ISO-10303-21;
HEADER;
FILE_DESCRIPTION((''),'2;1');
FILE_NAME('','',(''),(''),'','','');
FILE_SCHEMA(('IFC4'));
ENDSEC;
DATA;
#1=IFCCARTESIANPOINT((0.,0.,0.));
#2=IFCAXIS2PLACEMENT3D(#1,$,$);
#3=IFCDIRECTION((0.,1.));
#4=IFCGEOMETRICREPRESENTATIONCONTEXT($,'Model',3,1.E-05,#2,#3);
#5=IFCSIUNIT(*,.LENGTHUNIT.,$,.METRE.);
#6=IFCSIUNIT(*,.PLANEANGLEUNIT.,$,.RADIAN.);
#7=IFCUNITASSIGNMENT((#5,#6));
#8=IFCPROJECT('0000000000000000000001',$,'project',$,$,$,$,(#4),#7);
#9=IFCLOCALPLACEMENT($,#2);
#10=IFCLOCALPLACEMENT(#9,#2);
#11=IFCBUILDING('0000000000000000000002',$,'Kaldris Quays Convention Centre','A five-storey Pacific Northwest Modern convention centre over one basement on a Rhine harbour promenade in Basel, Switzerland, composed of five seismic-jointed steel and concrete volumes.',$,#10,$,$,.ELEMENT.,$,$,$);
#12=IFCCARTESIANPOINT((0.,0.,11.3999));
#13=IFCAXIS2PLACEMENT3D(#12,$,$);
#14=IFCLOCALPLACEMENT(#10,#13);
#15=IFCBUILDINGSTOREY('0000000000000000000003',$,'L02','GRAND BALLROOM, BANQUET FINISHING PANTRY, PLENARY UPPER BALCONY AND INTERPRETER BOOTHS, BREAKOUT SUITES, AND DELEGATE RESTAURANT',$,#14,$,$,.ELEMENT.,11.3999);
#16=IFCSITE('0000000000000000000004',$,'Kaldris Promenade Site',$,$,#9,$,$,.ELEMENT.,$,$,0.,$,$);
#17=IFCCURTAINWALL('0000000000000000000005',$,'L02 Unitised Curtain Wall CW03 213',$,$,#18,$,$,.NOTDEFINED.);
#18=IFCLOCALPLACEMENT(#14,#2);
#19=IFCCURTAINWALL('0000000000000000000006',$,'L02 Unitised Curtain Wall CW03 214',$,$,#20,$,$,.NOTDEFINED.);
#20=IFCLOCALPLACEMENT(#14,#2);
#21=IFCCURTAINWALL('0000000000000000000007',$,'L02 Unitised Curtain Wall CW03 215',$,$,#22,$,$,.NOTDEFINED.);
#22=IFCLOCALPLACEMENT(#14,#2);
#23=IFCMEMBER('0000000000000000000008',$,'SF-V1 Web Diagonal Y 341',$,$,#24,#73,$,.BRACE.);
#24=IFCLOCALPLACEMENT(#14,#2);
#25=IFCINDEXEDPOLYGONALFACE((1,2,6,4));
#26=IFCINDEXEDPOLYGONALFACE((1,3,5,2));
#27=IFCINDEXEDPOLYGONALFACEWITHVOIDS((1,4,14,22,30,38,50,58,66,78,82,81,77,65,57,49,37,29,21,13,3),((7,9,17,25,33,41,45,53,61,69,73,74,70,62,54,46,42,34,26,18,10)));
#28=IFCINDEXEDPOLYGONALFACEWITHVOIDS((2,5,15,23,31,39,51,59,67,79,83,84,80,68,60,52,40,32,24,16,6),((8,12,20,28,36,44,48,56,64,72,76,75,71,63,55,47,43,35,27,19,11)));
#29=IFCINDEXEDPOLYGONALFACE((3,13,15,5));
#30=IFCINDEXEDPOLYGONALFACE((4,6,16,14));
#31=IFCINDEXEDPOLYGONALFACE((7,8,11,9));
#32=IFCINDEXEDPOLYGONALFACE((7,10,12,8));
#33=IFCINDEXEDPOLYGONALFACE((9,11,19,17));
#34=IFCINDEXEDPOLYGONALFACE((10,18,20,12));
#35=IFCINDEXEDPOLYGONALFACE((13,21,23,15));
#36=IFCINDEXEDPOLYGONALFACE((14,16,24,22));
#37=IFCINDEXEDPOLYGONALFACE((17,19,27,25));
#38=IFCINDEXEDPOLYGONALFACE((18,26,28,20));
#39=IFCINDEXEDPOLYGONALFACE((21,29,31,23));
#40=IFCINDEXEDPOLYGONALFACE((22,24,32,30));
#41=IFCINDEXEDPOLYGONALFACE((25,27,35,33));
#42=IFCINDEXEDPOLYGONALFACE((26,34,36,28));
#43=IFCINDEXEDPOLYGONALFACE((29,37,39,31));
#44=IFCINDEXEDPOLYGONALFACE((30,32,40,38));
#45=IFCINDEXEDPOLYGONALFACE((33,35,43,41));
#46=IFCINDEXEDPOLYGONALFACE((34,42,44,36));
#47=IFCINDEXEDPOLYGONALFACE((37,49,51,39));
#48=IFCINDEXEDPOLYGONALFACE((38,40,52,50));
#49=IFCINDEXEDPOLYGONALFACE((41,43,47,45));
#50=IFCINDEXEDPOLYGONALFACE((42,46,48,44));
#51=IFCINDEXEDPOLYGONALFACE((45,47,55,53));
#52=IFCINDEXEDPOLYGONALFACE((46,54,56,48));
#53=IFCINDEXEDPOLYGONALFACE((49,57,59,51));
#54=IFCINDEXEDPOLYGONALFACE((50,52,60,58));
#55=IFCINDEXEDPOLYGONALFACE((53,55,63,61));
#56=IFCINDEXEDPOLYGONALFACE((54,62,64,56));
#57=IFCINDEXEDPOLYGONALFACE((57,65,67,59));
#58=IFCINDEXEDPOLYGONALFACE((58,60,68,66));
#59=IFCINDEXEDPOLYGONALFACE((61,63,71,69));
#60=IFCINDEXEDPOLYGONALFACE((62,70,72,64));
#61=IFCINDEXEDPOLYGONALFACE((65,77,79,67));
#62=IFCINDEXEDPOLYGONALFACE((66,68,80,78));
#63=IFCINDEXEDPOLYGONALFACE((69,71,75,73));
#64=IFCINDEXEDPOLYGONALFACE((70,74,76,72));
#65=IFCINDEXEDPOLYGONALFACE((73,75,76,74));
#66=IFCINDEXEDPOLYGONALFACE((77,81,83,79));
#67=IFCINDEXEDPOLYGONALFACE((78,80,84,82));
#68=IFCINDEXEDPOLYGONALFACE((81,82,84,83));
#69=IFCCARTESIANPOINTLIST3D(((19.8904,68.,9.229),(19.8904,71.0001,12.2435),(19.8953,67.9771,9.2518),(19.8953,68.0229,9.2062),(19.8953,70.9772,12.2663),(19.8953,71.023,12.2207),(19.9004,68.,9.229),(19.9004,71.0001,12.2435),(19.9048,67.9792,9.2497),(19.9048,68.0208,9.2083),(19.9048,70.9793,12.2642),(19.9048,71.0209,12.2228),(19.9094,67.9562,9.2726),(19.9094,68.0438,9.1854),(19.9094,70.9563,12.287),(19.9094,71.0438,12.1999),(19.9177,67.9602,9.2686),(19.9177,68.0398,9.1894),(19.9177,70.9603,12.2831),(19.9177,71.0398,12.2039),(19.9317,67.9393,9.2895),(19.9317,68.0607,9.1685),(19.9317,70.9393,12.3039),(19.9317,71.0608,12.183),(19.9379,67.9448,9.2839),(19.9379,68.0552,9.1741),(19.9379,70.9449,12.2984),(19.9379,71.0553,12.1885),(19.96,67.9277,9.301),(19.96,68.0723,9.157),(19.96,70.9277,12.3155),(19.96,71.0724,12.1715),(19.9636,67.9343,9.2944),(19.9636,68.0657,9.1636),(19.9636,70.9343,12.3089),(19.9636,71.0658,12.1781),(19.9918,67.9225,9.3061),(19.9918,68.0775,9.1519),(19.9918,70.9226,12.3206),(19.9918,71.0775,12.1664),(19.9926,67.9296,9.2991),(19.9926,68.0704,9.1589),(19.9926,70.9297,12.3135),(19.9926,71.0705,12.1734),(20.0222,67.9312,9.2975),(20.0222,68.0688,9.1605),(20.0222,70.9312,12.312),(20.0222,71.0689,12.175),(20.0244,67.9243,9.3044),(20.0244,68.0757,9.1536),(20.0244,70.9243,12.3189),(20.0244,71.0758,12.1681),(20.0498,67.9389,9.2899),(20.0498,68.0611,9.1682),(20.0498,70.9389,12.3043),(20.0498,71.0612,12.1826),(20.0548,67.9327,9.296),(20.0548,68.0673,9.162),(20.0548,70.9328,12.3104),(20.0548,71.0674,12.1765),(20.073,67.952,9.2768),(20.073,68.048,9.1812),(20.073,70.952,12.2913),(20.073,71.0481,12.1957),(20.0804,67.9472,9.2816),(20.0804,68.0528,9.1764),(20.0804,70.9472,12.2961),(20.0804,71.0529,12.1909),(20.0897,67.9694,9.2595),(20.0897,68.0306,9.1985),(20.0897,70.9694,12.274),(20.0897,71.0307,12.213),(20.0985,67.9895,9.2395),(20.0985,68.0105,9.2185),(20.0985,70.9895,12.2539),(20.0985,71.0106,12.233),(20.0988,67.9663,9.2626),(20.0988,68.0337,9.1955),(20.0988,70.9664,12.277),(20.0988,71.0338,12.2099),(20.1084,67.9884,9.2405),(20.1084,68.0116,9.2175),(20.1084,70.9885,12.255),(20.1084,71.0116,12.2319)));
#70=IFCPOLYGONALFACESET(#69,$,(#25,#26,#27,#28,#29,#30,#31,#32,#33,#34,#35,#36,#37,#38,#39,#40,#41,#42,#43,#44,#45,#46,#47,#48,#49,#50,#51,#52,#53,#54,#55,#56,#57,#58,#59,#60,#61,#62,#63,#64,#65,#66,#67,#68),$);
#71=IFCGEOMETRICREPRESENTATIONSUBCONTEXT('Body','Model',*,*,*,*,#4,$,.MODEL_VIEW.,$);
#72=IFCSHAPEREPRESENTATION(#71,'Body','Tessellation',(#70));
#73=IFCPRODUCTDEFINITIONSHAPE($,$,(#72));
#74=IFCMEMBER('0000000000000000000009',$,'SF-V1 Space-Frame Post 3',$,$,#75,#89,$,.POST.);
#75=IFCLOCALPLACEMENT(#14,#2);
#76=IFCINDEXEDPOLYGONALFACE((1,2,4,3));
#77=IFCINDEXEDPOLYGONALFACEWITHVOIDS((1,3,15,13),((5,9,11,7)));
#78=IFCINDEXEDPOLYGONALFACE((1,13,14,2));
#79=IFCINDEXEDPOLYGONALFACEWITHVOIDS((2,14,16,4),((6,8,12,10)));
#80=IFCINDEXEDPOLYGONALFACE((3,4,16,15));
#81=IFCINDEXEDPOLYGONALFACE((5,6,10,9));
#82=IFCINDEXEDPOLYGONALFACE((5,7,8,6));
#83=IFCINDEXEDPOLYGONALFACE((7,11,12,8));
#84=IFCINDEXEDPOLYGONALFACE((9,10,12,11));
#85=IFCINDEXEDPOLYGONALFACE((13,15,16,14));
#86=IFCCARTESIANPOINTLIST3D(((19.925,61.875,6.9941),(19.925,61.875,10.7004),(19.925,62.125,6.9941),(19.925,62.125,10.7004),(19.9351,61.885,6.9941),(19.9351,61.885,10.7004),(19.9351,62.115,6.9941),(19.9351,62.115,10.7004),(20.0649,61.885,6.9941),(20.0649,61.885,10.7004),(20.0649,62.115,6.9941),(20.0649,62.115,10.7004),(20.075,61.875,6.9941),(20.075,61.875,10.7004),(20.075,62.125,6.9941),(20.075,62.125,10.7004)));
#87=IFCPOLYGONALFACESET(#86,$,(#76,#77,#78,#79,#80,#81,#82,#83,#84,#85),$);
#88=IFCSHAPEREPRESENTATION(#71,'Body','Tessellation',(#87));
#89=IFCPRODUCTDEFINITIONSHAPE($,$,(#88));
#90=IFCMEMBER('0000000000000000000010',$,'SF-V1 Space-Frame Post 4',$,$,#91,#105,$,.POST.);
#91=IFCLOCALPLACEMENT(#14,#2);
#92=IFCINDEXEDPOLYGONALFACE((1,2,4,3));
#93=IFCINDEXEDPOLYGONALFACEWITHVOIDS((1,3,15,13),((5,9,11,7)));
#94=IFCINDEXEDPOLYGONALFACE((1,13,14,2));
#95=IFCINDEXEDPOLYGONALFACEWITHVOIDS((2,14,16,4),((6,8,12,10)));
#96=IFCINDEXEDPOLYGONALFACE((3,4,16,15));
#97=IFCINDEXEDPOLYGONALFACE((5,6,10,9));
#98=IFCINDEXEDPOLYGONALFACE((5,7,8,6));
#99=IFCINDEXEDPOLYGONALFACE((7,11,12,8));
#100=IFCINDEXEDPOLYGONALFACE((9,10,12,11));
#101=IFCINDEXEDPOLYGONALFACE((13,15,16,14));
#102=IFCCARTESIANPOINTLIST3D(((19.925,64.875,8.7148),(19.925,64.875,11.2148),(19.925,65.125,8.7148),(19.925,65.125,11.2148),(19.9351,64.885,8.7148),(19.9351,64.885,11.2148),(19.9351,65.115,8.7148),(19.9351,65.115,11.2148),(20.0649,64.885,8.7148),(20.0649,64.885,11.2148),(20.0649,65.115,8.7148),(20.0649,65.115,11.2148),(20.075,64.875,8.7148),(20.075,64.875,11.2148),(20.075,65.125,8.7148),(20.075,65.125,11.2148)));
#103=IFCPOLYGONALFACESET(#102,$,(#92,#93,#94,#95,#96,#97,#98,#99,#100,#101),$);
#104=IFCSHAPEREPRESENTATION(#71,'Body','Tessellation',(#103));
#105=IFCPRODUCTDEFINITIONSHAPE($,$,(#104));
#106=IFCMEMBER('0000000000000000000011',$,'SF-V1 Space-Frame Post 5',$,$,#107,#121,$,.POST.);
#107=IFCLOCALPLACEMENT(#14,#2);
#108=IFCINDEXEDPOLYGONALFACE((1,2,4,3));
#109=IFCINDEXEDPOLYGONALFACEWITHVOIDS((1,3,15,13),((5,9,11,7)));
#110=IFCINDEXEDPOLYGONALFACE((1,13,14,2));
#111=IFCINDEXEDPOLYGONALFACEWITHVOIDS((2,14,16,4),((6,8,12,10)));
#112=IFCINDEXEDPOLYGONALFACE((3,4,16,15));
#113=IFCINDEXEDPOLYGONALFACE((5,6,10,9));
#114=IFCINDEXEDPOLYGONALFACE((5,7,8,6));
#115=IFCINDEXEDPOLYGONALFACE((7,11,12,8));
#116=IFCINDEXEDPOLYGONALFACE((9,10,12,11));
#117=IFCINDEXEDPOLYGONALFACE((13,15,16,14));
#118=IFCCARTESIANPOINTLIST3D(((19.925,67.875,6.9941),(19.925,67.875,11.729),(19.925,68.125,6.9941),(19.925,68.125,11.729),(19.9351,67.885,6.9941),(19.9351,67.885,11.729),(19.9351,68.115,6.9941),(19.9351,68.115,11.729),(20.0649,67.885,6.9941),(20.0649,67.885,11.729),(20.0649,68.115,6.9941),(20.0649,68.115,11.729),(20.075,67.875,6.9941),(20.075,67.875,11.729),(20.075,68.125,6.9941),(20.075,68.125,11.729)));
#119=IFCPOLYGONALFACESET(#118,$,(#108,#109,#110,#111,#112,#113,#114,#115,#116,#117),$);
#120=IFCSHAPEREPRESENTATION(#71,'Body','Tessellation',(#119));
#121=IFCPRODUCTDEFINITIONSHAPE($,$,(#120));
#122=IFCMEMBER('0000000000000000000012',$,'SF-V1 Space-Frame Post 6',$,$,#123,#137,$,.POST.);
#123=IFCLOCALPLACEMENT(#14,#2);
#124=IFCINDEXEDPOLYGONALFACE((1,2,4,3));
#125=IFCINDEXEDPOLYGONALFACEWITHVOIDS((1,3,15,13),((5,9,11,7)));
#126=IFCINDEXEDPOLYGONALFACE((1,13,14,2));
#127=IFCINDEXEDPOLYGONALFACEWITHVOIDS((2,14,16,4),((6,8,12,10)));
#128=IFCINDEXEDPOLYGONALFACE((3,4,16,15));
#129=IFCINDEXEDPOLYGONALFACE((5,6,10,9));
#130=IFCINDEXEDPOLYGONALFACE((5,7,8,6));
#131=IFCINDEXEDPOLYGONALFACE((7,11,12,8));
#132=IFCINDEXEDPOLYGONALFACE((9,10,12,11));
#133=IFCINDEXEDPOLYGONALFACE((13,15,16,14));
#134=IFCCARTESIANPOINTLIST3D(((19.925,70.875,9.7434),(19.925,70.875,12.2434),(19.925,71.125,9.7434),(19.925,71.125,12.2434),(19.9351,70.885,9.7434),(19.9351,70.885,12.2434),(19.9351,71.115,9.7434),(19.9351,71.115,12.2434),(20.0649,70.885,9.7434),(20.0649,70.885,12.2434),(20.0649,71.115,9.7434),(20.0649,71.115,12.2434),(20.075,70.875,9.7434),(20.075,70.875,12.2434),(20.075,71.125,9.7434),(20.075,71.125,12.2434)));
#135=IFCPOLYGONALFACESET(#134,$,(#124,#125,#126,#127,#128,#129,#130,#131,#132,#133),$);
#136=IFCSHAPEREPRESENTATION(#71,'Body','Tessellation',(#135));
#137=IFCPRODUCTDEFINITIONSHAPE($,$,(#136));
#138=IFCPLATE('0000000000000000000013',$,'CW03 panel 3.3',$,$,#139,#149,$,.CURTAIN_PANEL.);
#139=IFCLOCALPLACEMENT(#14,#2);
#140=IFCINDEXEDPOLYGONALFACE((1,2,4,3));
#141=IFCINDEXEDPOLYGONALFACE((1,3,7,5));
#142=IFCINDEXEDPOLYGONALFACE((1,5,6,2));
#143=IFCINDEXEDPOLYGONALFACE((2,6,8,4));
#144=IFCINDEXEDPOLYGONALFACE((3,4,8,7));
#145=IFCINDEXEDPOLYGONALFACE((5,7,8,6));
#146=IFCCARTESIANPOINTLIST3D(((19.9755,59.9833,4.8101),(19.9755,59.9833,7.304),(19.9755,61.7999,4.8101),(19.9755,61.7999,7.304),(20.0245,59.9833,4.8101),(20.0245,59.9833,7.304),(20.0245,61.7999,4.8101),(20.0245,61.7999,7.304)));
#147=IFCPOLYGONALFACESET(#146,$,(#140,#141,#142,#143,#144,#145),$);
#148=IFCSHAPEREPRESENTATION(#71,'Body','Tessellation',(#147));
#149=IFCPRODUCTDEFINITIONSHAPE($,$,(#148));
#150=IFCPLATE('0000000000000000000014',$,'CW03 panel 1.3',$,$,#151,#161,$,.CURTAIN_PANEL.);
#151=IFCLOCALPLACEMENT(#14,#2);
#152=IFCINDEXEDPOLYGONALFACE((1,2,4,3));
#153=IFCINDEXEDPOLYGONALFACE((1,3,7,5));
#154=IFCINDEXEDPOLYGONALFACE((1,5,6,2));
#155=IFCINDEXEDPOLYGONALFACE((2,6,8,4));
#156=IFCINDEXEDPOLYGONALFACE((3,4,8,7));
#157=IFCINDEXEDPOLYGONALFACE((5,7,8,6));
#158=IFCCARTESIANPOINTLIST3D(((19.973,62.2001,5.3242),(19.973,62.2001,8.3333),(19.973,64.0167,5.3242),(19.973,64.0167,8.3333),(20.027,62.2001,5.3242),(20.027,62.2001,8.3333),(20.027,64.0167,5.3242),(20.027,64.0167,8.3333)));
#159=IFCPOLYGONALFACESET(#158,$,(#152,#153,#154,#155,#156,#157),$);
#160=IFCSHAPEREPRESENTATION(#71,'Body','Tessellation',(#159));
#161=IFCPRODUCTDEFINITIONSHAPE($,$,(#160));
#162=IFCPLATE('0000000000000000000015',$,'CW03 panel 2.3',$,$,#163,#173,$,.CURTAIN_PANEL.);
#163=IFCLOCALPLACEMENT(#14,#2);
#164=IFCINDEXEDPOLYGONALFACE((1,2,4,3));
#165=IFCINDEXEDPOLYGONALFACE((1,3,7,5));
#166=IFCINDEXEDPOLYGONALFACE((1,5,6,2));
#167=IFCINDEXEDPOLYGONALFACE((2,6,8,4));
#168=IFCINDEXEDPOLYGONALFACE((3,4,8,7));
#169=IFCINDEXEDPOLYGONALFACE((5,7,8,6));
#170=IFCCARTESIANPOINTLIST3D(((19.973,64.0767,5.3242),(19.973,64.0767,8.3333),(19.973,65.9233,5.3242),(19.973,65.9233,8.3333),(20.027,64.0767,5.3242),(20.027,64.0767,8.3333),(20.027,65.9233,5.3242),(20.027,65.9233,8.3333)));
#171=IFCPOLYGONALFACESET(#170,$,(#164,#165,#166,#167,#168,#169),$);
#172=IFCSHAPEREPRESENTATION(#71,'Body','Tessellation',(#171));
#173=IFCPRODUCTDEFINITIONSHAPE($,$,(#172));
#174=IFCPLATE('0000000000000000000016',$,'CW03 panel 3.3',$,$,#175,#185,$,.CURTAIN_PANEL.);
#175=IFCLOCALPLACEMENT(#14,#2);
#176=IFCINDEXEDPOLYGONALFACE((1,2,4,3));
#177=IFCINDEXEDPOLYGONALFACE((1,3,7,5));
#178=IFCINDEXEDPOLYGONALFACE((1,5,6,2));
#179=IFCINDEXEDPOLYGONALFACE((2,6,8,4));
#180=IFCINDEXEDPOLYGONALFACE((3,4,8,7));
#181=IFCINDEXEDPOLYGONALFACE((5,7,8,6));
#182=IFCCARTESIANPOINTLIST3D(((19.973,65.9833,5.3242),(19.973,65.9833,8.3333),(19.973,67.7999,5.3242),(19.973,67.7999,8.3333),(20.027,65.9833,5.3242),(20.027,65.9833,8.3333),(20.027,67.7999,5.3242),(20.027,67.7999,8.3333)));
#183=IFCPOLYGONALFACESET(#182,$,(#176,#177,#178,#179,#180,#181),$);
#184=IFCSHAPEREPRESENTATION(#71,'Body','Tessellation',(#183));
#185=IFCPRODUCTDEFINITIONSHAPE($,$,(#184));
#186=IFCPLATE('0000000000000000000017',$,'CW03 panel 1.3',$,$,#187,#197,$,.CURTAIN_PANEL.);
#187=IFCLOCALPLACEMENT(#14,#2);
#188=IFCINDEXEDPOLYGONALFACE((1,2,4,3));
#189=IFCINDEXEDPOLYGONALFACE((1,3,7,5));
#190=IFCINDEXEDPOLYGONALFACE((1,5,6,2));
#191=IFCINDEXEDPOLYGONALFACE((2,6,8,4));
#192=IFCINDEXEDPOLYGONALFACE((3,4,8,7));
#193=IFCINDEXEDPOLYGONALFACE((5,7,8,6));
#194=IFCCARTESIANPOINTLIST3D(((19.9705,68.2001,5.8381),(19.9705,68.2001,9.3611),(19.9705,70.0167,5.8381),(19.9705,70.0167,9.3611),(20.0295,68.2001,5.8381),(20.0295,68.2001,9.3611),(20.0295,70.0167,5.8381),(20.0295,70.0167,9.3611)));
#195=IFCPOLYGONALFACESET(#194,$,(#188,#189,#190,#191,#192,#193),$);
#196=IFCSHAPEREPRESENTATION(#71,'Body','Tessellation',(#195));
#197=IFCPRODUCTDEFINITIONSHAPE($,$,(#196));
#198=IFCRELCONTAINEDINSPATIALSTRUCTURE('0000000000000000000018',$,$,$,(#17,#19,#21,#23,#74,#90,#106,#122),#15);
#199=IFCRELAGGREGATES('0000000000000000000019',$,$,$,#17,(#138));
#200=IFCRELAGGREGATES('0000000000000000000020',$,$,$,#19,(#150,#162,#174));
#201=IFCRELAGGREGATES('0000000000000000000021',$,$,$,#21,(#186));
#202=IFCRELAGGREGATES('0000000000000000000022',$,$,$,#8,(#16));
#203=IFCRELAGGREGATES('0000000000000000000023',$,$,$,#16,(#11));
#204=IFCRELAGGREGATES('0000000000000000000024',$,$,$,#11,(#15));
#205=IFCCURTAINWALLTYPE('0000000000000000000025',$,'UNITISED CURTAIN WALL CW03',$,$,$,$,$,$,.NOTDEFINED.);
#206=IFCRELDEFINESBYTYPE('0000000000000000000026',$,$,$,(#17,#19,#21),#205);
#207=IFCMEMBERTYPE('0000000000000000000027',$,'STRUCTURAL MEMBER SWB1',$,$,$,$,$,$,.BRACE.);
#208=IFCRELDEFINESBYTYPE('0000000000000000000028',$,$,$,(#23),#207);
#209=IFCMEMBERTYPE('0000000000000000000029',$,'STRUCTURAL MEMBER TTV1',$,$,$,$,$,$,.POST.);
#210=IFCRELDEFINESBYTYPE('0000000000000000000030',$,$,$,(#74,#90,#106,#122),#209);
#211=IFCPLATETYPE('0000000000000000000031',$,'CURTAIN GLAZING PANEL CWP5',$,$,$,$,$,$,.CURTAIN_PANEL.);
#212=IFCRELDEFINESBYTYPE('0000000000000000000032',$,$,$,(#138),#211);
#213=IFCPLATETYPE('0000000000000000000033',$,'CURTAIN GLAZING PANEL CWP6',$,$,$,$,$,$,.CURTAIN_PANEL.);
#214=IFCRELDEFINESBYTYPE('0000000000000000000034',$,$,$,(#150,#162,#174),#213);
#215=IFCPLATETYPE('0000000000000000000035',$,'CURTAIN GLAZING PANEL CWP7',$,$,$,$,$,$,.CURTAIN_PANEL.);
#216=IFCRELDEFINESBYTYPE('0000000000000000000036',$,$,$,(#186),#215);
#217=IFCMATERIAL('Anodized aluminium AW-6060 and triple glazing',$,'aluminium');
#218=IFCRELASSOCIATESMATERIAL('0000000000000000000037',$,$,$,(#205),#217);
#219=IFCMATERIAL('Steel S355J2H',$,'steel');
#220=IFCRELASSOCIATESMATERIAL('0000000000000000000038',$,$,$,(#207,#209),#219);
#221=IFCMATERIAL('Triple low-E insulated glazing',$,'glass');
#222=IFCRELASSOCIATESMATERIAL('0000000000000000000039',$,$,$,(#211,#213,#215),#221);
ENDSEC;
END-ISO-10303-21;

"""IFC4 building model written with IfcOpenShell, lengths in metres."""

from ifc_helpers import new_model, si_unit, direction, frame, origin, origin_2d, place, context, subcontext, project, spatial, rectangle, hollow_rectangle, hollow_circle, extrude, material, material_profile, profile_set, type_object, element, aggregate, save


model = new_model("IFC4")

# Units and contexts
model_context = context("Model", 3, precision=1e-05, world=origin(), true_north=direction((0.0, 1.0)))
body_context = subcontext(model_context, "Body", "Model", "MODEL_VIEW")
ifc_project = project(units=[si_unit("LENGTHUNIT", "METRE"), si_unit("PLANEANGLEUNIT", "RADIAN")], contexts=[model_context])

# Site, building, storey
site_placement = place(None, origin())
site = spatial("IfcSite", under=ifc_project, at=site_placement, Name="Kaldris Promenade Site", CompositionType="ELEMENT", RefElevation=0.0)
building_placement = place(site_placement, origin())
building = spatial("IfcBuilding", under=site, at=building_placement, Name="Kaldris Quays Convention Centre", Description="A five-storey Pacific Northwest Modern convention centre over one basement on a Rhine harbour promenade in Basel, Switzerland, composed of five seismic-jointed steel and concrete volumes.", CompositionType="ELEMENT")
storey_placement = place(building_placement, frame((0.0, 0.0, 11.3999)))
storey = spatial("IfcBuildingStorey", under=building, at=storey_placement, Name="L02", Description="GRAND BALLROOM, BANQUET FINISHING PANTRY, PLENARY UPPER BALCONY AND INTERPRETER BOOTHS, BREAKOUT SUITES, AND DELEGATE RESTAURANT", CompositionType="ELEMENT", Elevation=11.3999)

# Curtain wall
ifc_material_1 = material(Name="Anodized aluminium AW-6060 and triple glazing", Category="aluminium")
curtain_wall_type = type_object("IfcCurtainWallType", Name="UNITISED CURTAIN WALL CW03", PredefinedType="NOTDEFINED", material=ifc_material_1)
curtain_wall_1_placement = place(storey_placement, origin())
curtain_wall_1 = element("IfcCurtainWall", 1, at=curtain_wall_1_placement, inside=storey, type_object=curtain_wall_type, Name="L02 Unitised Curtain Wall CW03 213", PredefinedType="NOTDEFINED")

# Curtain walls
curtain_wall_2_placement = place(storey_placement, origin())
curtain_wall_2 = element("IfcCurtainWall", 2, at=curtain_wall_2_placement, inside=storey, type_object=curtain_wall_type, Name="L02 Unitised Curtain Wall CW03 214", PredefinedType="NOTDEFINED")
curtain_wall_3_placement = place(storey_placement, origin())
curtain_wall_3 = element("IfcCurtainWall", 3, at=curtain_wall_3_placement, inside=storey, type_object=curtain_wall_type, Name="L02 Unitised Curtain Wall CW03 215", PredefinedType="NOTDEFINED")

# Members
ifc_material_2 = material(Name="Steel S355J2H", Category="steel")
ifc_material_profile_1 = material_profile(ifc_material_2, hollow_circle(Radius=0.1096, WallThickness=0.01, at=origin_2d()), Name="CHS 219.1x10")
ifc_profile_set_1 = profile_set([ifc_material_profile_1], Name="Steel S355J2H")
member_type_1 = type_object("IfcMemberType", Name="STRUCTURAL MEMBER SWB1", PredefinedType="BRACE", material=ifc_profile_set_1)
member_1_placement = place(storey_placement, frame((20.0, 68.0, 9.229), z_axis=(0.0, 0.705411, 0.708798), x_axis=(-1.0, 0.0, 0.0)))
element("IfcMember", 4, at=member_1_placement, inside=storey, type_object=member_type_1, Name="SF-V1 Web Diagonal Y 341", PredefinedType="BRACE", context=body_context, shape_type="SweptSolid", body=[
    extrude(hollow_circle(Radius=0.1096, WallThickness=0.01, at=origin_2d()), origin(), (0.0, 0.0, 1.0), 4.2529),
])
ifc_material_profile_2 = material_profile(ifc_material_2, hollow_rectangle(XDim=0.1499, YDim=0.25, WallThickness=0.01, at=origin_2d()), Name="RHS 250x150x10")
ifc_profile_set_2 = profile_set([ifc_material_profile_2], Name="Steel S355J2H")
member_type_2 = type_object("IfcMemberType", Name="STRUCTURAL MEMBER TTV1", PredefinedType="POST", material=ifc_profile_set_2)
member_2_placement = place(storey_placement, frame((20.0, 62.0, 6.9941), z_axis=(0.0, 0.0, 1.0), x_axis=(1.0, 0.0, 0.0)))
element("IfcMember", 5, at=member_2_placement, inside=storey, type_object=member_type_2, Name="SF-V1 Space-Frame Post 3", PredefinedType="POST", context=body_context, shape_type="SweptSolid", body=[
    extrude(hollow_rectangle(XDim=0.1499, YDim=0.25, WallThickness=0.01, at=origin_2d()), origin(), (0.0, 0.0, 1.0), 3.7063),
])
member_3_placement = place(storey_placement, frame((20.0, 65.0, 8.7148), z_axis=(0.0, 0.0, 1.0), x_axis=(1.0, 0.0, 0.0)))
element("IfcMember", 6, at=member_3_placement, inside=storey, type_object=member_type_2, Name="SF-V1 Space-Frame Post 4", PredefinedType="POST", context=body_context, shape_type="SweptSolid", body=[
    extrude(hollow_rectangle(XDim=0.1499, YDim=0.25, WallThickness=0.01, at=origin_2d()), origin(), (0.0, 0.0, 1.0), 2.5),
])
member_4_placement = place(storey_placement, frame((20.0, 68.0, 6.9941), z_axis=(0.0, 0.0, 1.0), x_axis=(1.0, 0.0, 0.0)))
element("IfcMember", 7, at=member_4_placement, inside=storey, type_object=member_type_2, Name="SF-V1 Space-Frame Post 5", PredefinedType="POST", context=body_context, shape_type="SweptSolid", body=[
    extrude(hollow_rectangle(XDim=0.1499, YDim=0.25, WallThickness=0.01, at=origin_2d()), origin(), (0.0, 0.0, 1.0), 4.7349),
])
member_5_placement = place(storey_placement, frame((20.0, 71.0, 9.7434), z_axis=(0.0, 0.0, 1.0), x_axis=(1.0, 0.0, 0.0)))
element("IfcMember", 8, at=member_5_placement, inside=storey, type_object=member_type_2, Name="SF-V1 Space-Frame Post 6", PredefinedType="POST", context=body_context, shape_type="SweptSolid", body=[
    extrude(hollow_rectangle(XDim=0.1499, YDim=0.25, WallThickness=0.01, at=origin_2d()), origin(), (0.0, 0.0, 1.0), 2.5),
])

# Plates
ifc_material_3 = material(Name="Triple low-E insulated glazing", Category="glass")
plate_type_1 = type_object("IfcPlateType", Name="CURTAIN GLAZING PANEL CWP5", PredefinedType="CURTAIN_PANEL", material=ifc_material_3)
plate_1_placement = place(storey_placement, frame((20.0, 60.8916, 4.8101), z_axis=(0.0, 0.0, 1.0), x_axis=(0.0, 1.0, 0.0)))
plate_1 = element("IfcPlate", 9, at=plate_1_placement, type_object=plate_type_1, Name="CW03 panel 3.3", PredefinedType="CURTAIN_PANEL", context=body_context, shape_type="SweptSolid", body=[
    extrude(rectangle(XDim=1.8167, YDim=0.0491, at=origin_2d()), origin(), (0.0, 0.0, 1.0), 2.4939),
])
aggregate(curtain_wall_1, [plate_1])
plate_type_2 = type_object("IfcPlateType", Name="CURTAIN GLAZING PANEL CWP6", PredefinedType="CURTAIN_PANEL", material=ifc_material_3)
plate_2_placement = place(storey_placement, frame((20.0, 63.1084, 5.3242), z_axis=(0.0, 0.0, 1.0), x_axis=(0.0, 1.0, 0.0)))
plate_2 = element("IfcPlate", 10, at=plate_2_placement, type_object=plate_type_2, Name="CW03 panel 1.3", PredefinedType="CURTAIN_PANEL", context=body_context, shape_type="SweptSolid", body=[
    extrude(rectangle(XDim=1.8167, YDim=0.054, at=origin_2d()), origin(), (0.0, 0.0, 1.0), 3.009),
])
plate_3_placement = place(storey_placement, frame((20.0, 65.0, 5.3242), z_axis=(0.0, 0.0, 1.0), x_axis=(0.0, 1.0, 0.0)))
plate_3 = element("IfcPlate", 11, at=plate_3_placement, type_object=plate_type_2, Name="CW03 panel 2.3", PredefinedType="CURTAIN_PANEL", context=body_context, shape_type="SweptSolid", body=[
    extrude(rectangle(XDim=1.8467, YDim=0.054, at=origin_2d()), origin(), (0.0, 0.0, 1.0), 3.009),
])
plate_4_placement = place(storey_placement, frame((20.0, 66.8916, 5.3242), z_axis=(0.0, 0.0, 1.0), x_axis=(0.0, 1.0, 0.0)))
plate_4 = element("IfcPlate", 12, at=plate_4_placement, type_object=plate_type_2, Name="CW03 panel 3.3", PredefinedType="CURTAIN_PANEL", context=body_context, shape_type="SweptSolid", body=[
    extrude(rectangle(XDim=1.8167, YDim=0.054, at=origin_2d()), origin(), (0.0, 0.0, 1.0), 3.009),
])
aggregate(curtain_wall_2, [plate_2, plate_3, plate_4])
plate_type_3 = type_object("IfcPlateType", Name="CURTAIN GLAZING PANEL CWP7", PredefinedType="CURTAIN_PANEL", material=ifc_material_3)
plate_5_placement = place(storey_placement, frame((20.0, 69.1084, 5.8381), z_axis=(0.0, 0.0, 1.0), x_axis=(0.0, 1.0, 0.0)))
plate_5 = element("IfcPlate", 13, at=plate_5_placement, type_object=plate_type_3, Name="CW03 panel 1.3", PredefinedType="CURTAIN_PANEL", context=body_context, shape_type="SweptSolid", body=[
    extrude(rectangle(XDim=1.8167, YDim=0.0591, at=origin_2d()), origin(), (0.0, 0.0, 1.0), 3.5229),
])
aggregate(curtain_wall_3, [plate_5])

save(model, "model.ifc")
